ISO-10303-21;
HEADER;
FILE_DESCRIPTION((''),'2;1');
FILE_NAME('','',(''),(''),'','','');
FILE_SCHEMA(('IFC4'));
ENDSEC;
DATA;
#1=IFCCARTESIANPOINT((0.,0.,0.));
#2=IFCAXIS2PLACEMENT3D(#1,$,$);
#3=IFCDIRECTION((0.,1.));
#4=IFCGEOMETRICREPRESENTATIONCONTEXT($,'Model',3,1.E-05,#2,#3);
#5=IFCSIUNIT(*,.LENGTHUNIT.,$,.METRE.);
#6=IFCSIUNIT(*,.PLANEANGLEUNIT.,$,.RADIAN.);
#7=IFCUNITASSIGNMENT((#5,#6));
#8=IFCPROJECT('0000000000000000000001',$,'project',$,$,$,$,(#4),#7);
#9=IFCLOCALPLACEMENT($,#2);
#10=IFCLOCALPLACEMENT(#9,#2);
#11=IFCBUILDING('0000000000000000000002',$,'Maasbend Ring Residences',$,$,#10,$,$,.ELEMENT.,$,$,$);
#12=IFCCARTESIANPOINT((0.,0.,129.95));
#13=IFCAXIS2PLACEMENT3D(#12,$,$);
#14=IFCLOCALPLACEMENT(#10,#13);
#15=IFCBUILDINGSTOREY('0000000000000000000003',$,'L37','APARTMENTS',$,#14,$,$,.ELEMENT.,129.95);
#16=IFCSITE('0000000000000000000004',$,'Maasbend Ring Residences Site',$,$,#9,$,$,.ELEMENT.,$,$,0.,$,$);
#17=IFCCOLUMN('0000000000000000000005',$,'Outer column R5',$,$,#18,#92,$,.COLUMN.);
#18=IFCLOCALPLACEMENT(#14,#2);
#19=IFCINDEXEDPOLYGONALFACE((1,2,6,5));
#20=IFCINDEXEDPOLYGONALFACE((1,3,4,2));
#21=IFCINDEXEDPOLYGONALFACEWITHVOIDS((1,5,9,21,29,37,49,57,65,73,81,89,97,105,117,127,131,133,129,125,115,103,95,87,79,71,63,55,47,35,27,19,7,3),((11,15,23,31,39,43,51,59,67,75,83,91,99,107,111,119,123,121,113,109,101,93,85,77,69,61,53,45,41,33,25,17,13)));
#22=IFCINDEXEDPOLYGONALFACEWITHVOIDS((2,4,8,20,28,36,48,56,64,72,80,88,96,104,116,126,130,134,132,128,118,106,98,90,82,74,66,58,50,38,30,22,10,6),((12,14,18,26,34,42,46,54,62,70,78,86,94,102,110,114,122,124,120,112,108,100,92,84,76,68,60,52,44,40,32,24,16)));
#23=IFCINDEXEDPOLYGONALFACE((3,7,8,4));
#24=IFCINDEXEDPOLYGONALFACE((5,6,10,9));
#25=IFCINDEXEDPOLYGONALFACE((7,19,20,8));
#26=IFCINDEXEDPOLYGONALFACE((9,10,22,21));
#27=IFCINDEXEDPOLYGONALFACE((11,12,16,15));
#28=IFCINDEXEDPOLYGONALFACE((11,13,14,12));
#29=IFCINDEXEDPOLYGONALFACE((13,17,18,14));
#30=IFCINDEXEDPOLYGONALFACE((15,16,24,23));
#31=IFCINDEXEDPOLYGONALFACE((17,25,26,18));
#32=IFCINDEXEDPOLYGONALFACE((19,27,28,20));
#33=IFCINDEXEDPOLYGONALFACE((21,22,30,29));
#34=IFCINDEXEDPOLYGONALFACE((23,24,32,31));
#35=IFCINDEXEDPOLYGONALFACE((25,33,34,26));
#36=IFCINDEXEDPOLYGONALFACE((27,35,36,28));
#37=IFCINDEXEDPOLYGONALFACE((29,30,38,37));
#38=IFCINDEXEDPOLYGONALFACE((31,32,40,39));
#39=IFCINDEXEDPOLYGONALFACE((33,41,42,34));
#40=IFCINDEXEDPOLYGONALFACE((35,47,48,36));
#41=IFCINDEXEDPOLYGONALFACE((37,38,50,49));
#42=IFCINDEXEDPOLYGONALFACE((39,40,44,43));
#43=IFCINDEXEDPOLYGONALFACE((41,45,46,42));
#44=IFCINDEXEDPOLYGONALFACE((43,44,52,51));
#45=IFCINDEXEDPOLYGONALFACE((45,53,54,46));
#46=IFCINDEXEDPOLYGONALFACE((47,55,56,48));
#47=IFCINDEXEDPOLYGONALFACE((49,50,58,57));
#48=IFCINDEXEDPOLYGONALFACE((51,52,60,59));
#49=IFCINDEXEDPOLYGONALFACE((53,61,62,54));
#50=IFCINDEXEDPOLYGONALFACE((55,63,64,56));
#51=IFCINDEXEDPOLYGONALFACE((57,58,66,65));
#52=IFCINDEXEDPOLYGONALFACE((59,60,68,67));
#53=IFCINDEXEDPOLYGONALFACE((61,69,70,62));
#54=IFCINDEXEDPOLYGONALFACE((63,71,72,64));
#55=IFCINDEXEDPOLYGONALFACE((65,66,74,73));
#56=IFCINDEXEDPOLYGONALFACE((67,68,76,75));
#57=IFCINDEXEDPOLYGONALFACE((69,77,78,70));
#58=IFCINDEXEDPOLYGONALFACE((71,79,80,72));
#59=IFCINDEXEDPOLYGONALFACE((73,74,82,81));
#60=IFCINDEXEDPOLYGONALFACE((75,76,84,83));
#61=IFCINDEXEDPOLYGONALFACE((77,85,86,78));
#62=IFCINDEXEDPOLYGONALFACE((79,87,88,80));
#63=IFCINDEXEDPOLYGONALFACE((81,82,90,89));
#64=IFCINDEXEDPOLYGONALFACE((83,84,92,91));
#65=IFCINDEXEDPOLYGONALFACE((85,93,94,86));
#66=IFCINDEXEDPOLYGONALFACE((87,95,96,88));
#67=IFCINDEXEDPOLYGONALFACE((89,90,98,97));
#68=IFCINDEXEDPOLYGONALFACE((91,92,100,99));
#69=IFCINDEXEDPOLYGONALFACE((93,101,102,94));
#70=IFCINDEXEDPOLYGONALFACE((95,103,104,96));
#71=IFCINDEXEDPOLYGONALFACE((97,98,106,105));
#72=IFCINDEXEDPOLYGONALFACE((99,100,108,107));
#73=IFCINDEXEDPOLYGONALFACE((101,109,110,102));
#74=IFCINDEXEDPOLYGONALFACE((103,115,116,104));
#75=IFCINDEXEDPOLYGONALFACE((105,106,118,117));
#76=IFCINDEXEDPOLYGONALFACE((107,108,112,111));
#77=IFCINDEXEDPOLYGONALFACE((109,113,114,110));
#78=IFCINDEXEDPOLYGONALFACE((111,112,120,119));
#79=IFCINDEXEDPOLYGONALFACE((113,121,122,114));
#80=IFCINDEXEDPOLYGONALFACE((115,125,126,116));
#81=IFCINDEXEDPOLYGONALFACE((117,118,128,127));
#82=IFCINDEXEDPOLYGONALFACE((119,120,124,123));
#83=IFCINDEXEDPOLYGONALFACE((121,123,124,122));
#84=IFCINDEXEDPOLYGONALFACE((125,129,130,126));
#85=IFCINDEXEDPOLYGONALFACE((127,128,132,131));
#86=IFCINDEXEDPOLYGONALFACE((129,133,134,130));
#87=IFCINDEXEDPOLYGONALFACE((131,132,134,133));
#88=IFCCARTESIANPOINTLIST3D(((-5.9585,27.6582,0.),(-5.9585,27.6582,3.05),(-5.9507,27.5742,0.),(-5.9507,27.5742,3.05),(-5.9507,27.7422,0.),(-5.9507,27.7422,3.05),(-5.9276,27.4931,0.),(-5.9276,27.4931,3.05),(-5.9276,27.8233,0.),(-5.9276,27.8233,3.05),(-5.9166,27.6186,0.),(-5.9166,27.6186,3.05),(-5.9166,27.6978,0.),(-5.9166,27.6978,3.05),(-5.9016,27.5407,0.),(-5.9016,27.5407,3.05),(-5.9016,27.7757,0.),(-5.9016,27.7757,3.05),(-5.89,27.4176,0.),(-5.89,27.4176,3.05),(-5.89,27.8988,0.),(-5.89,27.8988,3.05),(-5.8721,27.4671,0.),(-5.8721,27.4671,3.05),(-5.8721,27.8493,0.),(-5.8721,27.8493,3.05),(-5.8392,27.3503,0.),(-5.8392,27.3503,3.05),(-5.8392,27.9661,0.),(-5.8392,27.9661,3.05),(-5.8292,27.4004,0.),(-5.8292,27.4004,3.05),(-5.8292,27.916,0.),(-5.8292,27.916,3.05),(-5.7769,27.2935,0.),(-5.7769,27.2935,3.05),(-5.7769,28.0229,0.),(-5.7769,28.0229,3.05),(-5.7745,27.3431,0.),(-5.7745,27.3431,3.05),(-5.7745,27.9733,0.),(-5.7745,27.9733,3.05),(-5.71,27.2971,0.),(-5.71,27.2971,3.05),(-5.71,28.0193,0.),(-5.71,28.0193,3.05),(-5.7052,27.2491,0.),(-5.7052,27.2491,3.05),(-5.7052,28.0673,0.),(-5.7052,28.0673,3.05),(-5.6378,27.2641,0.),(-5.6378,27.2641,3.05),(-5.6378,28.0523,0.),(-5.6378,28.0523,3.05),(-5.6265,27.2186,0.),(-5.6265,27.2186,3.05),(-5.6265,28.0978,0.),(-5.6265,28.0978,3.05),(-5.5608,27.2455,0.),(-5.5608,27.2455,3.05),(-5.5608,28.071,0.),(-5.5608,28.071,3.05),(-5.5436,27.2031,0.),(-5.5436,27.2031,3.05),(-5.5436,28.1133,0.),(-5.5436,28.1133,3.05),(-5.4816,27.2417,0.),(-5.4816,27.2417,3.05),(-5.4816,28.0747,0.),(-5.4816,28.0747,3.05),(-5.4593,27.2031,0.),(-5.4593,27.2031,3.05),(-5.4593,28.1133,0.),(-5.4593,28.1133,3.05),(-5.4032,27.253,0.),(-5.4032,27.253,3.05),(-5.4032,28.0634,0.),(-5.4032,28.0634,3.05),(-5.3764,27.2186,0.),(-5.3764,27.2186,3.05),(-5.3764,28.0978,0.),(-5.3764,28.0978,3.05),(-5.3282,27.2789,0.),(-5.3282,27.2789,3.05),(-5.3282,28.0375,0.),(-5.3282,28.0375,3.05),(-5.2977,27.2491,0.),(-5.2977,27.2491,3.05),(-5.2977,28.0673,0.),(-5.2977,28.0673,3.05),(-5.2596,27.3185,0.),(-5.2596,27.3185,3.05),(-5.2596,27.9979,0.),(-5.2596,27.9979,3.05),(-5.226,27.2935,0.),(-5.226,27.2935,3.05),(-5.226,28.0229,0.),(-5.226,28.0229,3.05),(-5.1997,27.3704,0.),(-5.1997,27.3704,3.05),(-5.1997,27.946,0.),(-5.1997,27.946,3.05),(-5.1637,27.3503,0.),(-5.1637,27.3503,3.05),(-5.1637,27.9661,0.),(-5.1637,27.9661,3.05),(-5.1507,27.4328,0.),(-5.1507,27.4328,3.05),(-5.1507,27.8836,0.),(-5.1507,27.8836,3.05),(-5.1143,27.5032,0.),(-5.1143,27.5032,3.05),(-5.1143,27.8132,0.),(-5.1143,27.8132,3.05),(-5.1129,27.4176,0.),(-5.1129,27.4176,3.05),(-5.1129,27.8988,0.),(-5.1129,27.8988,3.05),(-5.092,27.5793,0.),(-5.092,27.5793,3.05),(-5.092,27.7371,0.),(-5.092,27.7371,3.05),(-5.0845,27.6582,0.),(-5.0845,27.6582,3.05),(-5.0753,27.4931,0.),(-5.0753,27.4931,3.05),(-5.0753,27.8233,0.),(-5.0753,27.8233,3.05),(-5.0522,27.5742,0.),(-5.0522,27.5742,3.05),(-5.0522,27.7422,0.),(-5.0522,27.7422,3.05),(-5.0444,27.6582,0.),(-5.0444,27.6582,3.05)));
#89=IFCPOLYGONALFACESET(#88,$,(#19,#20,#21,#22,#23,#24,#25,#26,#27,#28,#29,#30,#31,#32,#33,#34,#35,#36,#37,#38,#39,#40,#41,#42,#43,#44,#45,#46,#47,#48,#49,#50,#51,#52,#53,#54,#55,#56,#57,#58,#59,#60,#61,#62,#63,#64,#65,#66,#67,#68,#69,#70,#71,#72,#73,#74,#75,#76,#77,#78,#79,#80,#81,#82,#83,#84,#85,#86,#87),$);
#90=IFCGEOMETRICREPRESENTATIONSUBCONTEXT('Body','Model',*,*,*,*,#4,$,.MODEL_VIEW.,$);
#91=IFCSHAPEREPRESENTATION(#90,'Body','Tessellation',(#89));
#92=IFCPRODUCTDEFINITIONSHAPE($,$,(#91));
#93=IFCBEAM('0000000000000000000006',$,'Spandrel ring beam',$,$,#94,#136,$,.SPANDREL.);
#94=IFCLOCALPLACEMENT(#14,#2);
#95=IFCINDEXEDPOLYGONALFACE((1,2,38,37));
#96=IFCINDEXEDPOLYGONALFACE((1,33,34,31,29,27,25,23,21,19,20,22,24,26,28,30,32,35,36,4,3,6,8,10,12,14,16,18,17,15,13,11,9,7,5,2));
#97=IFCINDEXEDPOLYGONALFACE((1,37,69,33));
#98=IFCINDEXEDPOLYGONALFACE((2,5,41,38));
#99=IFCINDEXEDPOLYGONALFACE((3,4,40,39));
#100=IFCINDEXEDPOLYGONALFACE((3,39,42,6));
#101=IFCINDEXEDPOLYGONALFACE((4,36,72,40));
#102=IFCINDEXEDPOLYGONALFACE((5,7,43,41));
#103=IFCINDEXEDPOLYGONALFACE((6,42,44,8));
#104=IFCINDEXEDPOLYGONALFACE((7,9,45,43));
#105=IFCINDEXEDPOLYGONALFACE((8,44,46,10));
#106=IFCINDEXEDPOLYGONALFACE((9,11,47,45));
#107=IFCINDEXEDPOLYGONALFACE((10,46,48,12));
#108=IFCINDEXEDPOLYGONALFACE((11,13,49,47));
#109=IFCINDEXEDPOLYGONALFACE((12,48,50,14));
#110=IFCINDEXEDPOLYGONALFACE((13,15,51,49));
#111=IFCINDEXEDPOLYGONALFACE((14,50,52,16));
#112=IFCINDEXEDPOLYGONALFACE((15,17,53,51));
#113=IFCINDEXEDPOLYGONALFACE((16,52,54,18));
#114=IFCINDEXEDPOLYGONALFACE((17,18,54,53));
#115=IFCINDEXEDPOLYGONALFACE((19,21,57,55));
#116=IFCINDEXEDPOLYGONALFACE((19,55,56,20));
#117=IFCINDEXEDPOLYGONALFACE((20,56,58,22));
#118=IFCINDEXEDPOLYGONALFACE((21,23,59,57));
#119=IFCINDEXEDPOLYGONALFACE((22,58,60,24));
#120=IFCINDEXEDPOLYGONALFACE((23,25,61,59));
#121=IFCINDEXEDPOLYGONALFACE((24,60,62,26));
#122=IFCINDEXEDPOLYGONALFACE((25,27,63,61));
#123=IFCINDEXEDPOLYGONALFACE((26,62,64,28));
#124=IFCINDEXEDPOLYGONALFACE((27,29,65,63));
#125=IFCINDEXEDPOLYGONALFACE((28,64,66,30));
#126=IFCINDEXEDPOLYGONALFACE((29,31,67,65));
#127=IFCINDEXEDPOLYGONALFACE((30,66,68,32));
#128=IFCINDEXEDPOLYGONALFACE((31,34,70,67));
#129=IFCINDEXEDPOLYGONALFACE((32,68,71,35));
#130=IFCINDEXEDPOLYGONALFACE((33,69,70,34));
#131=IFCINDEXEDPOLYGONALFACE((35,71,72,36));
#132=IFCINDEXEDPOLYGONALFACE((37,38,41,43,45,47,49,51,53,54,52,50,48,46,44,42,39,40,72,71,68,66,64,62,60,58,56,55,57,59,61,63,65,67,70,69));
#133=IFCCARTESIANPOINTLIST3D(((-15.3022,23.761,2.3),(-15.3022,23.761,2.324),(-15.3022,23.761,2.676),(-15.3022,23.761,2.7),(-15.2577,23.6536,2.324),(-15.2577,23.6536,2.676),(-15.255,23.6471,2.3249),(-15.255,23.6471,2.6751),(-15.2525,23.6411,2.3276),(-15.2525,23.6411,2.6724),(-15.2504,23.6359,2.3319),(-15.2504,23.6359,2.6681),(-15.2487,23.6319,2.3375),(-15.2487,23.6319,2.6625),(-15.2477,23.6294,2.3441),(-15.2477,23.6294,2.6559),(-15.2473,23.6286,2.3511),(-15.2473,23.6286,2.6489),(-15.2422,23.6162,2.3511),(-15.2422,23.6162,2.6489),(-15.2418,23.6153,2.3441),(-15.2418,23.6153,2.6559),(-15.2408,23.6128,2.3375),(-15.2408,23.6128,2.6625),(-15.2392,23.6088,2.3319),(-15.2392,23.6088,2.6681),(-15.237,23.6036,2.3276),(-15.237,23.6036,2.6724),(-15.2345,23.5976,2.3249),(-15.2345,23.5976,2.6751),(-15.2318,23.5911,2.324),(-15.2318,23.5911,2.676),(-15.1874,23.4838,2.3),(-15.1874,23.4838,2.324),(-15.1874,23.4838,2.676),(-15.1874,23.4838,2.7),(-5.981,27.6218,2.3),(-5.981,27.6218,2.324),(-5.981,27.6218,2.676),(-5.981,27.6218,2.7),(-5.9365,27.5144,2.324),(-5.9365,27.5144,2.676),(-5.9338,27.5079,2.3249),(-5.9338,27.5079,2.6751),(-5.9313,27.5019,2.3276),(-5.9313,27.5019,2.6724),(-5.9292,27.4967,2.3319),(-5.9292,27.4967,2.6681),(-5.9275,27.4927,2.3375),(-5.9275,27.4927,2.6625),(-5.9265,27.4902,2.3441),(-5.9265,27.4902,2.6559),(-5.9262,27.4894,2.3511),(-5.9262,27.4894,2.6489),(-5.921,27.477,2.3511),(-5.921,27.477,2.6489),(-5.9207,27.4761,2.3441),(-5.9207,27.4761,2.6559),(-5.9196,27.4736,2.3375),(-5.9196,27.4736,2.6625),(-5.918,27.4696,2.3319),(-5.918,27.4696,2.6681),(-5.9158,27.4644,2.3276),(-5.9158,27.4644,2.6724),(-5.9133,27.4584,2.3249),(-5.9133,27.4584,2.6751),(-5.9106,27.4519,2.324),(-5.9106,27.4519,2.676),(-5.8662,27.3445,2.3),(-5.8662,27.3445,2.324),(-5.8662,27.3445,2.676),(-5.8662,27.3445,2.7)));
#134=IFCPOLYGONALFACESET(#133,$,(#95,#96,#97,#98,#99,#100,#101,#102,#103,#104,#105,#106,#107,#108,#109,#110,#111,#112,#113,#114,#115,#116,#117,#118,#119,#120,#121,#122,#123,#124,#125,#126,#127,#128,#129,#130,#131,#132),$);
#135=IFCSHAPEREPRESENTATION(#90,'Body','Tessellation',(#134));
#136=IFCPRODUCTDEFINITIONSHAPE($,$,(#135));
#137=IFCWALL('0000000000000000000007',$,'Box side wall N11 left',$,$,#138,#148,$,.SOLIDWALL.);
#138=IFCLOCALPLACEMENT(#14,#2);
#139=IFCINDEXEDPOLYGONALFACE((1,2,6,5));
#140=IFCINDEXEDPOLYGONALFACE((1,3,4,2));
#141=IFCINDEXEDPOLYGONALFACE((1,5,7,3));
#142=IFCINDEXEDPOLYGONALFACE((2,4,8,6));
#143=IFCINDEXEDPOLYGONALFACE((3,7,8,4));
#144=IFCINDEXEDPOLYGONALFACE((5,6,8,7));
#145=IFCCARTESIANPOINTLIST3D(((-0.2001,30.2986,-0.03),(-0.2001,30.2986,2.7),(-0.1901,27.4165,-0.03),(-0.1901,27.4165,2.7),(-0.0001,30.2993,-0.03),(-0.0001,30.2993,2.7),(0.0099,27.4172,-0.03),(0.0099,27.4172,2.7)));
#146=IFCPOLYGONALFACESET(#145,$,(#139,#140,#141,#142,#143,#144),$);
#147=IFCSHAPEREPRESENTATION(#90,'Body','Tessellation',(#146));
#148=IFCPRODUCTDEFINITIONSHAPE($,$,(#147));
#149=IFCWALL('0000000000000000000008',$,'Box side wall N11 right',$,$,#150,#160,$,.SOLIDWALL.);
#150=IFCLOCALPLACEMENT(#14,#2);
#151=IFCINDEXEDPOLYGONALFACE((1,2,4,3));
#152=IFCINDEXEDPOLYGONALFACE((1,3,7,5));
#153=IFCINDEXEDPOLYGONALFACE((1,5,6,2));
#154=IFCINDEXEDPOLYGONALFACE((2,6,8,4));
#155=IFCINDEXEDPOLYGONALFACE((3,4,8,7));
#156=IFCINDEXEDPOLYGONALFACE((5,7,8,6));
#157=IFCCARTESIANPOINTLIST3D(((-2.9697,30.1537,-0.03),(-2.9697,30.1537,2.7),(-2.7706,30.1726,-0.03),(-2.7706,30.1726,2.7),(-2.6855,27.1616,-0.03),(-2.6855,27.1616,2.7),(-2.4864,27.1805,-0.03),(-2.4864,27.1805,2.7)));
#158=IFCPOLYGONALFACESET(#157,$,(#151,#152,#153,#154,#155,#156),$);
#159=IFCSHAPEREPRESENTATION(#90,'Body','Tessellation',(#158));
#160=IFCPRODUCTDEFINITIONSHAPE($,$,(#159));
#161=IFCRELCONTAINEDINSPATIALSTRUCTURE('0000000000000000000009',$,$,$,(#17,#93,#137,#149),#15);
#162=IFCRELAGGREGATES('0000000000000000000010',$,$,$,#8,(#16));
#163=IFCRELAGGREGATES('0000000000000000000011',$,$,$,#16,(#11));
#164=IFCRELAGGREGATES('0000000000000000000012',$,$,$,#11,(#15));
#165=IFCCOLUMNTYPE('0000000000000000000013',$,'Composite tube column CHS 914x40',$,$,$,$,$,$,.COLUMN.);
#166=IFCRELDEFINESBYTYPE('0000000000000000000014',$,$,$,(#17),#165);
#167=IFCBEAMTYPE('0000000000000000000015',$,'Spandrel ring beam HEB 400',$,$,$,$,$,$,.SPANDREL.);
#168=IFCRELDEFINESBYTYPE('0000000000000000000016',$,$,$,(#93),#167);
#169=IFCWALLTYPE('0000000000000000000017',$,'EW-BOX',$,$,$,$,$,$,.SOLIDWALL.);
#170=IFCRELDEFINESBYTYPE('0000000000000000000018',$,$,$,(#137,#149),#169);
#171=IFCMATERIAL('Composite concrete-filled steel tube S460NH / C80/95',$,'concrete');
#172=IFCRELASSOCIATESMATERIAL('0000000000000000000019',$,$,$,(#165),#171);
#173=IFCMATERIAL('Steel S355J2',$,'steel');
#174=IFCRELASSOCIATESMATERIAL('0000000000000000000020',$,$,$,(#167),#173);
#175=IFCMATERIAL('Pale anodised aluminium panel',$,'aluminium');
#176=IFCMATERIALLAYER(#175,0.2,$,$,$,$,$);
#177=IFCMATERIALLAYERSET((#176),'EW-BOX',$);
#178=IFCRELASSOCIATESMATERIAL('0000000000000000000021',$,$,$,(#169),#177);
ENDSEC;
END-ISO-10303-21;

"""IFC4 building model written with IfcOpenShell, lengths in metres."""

from ifc_helpers import new_model, si_unit, direction, frame, frame_2d, origin, origin_2d, place, context, subcontext, project, spatial, rectangle, hollow_circle, i_section, extrude, material, layer, layer_set, material_profile, profile_set, type_object, element, save


model = new_model("IFC4")

# Units and contexts
model_context = context("Model", 3, precision=1e-05, world=origin(), true_north=direction((0.0, 1.0)))
body_context = subcontext(model_context, "Body", "Model", "MODEL_VIEW")
ifc_project = project(units=[si_unit("LENGTHUNIT", "METRE"), si_unit("PLANEANGLEUNIT", "RADIAN")], contexts=[model_context])

# Site, building, storey
site_placement = place(None, origin())
site = spatial("IfcSite", under=ifc_project, at=site_placement, Name="Maasbend Ring Residences Site", CompositionType="ELEMENT", RefElevation=0.0)
building_placement = place(site_placement, origin())
building = spatial("IfcBuilding", under=site, at=building_placement, Name="Maasbend Ring Residences", CompositionType="ELEMENT")
storey_placement = place(building_placement, frame((0.0, 0.0, 129.95)))
storey = spatial("IfcBuildingStorey", under=building, at=storey_placement, Name="L37", Description="APARTMENTS", CompositionType="ELEMENT", Elevation=129.95)

# Column
ifc_material_1 = material(Name="Composite concrete-filled steel tube S460NH / C80/95", Category="concrete")
ifc_material_profile_1 = material_profile(ifc_material_1, hollow_circle(Radius=0.457, WallThickness=0.04, at=origin_2d()), Name="Composite tube column CHS 914x40")
ifc_profile_set_1 = profile_set([ifc_material_profile_1], Name="Composite concrete-filled steel tube S460NH / C80/95")
column_type = type_object("IfcColumnType", Name="Composite tube column CHS 914x40", PredefinedType="COLUMN", material=ifc_profile_set_1)
column_placement = place(storey_placement, frame((-5.5015, 27.6582, 0.0), z_axis=(0.0, 0.0, 1.0), x_axis=(1.0, 0.0, 0.0)))
element("IfcColumn", 1, at=column_placement, inside=storey, type_object=column_type, Name="Outer column R5", PredefinedType="COLUMN", context=body_context, shape_type="SweptSolid", body=[
    extrude(hollow_circle(Radius=0.457, WallThickness=0.04, at=origin_2d()), origin(), (0.0, 0.0, 1.0), 3.05),
])

# Beam
ifc_material_2 = material(Name="Steel S355J2", Category="steel")
ifc_material_profile_2 = material_profile(ifc_material_2, i_section(OverallWidth=0.3, OverallDepth=0.3999, WebThickness=0.0134, FlangeThickness=0.0239, FilletRadius=0.0271, at=origin_2d()), Name="HEB 400")
ifc_profile_set_2 = profile_set([ifc_material_profile_2], Name="Steel S355J2")
beam_type = type_object("IfcBeamType", Name="Spandrel ring beam HEB 400", PredefinedType="SPANDREL", material=ifc_profile_set_2)
beam_placement = place(storey_placement, frame((-5.9236, 27.4832, 2.5), z_axis=(-0.923885, -0.38267, 0.0), x_axis=(0.38267, -0.923885, 0.0)))
element("IfcBeam", 2, at=beam_placement, inside=storey, type_object=beam_type, Name="Spandrel ring beam", PredefinedType="SPANDREL", context=body_context, shape_type="SweptSolid", body=[
    extrude(i_section(OverallWidth=0.3, OverallDepth=0.3999, WebThickness=0.0134, FlangeThickness=0.0239, FilletRadius=0.0271, at=origin_2d()), origin(), (0.0, 0.0, 1.0), 10.0891),
])

# Walls
ifc_material_3 = material(Name="Pale anodised aluminium panel", Category="aluminium")
ifc_layer_1 = layer(ifc_material_3, 0.2)
ifc_layer_set_1 = layer_set([ifc_layer_1], Name="EW-BOX")
wall_type_1 = type_object("IfcWallType", Name="EW-BOX", PredefinedType="SOLIDWALL", material=ifc_layer_set_1)
wall_1_placement = place(storey_placement, frame((-0.0901, 27.417, -0.03), z_axis=(0.0, 0.0, 1.0), x_axis=(-0.003473, 0.999994, 0.0)))
element("IfcWall", 3, at=wall_1_placement, inside=storey, type_object=wall_type_1, Name="Box side wall N11 left", PredefinedType="SOLIDWALL", context=body_context, shape_type="SweptSolid", body=[
    extrude(rectangle(XDim=2.8821, YDim=0.2, at=frame_2d((1.4409, 0.0))), origin(), (0.0, 0.0, 1.0), 2.73),
])
wall_2_placement = place(storey_placement, frame((-2.5859, 27.1709, -0.03), z_axis=(0.0, 0.0, 1.0), x_axis=(-0.094548, 0.99552, 0.0)))
element("IfcWall", 4, at=wall_2_placement, inside=storey, type_object=wall_type_1, Name="Box side wall N11 right", PredefinedType="SOLIDWALL", context=body_context, shape_type="SweptSolid", body=[
    extrude(rectangle(XDim=3.0056, YDim=0.2, at=frame_2d((1.5029, 0.0))), origin(), (0.0, 0.0, 1.0), 2.73),
])

save(model, "model.ifc")
